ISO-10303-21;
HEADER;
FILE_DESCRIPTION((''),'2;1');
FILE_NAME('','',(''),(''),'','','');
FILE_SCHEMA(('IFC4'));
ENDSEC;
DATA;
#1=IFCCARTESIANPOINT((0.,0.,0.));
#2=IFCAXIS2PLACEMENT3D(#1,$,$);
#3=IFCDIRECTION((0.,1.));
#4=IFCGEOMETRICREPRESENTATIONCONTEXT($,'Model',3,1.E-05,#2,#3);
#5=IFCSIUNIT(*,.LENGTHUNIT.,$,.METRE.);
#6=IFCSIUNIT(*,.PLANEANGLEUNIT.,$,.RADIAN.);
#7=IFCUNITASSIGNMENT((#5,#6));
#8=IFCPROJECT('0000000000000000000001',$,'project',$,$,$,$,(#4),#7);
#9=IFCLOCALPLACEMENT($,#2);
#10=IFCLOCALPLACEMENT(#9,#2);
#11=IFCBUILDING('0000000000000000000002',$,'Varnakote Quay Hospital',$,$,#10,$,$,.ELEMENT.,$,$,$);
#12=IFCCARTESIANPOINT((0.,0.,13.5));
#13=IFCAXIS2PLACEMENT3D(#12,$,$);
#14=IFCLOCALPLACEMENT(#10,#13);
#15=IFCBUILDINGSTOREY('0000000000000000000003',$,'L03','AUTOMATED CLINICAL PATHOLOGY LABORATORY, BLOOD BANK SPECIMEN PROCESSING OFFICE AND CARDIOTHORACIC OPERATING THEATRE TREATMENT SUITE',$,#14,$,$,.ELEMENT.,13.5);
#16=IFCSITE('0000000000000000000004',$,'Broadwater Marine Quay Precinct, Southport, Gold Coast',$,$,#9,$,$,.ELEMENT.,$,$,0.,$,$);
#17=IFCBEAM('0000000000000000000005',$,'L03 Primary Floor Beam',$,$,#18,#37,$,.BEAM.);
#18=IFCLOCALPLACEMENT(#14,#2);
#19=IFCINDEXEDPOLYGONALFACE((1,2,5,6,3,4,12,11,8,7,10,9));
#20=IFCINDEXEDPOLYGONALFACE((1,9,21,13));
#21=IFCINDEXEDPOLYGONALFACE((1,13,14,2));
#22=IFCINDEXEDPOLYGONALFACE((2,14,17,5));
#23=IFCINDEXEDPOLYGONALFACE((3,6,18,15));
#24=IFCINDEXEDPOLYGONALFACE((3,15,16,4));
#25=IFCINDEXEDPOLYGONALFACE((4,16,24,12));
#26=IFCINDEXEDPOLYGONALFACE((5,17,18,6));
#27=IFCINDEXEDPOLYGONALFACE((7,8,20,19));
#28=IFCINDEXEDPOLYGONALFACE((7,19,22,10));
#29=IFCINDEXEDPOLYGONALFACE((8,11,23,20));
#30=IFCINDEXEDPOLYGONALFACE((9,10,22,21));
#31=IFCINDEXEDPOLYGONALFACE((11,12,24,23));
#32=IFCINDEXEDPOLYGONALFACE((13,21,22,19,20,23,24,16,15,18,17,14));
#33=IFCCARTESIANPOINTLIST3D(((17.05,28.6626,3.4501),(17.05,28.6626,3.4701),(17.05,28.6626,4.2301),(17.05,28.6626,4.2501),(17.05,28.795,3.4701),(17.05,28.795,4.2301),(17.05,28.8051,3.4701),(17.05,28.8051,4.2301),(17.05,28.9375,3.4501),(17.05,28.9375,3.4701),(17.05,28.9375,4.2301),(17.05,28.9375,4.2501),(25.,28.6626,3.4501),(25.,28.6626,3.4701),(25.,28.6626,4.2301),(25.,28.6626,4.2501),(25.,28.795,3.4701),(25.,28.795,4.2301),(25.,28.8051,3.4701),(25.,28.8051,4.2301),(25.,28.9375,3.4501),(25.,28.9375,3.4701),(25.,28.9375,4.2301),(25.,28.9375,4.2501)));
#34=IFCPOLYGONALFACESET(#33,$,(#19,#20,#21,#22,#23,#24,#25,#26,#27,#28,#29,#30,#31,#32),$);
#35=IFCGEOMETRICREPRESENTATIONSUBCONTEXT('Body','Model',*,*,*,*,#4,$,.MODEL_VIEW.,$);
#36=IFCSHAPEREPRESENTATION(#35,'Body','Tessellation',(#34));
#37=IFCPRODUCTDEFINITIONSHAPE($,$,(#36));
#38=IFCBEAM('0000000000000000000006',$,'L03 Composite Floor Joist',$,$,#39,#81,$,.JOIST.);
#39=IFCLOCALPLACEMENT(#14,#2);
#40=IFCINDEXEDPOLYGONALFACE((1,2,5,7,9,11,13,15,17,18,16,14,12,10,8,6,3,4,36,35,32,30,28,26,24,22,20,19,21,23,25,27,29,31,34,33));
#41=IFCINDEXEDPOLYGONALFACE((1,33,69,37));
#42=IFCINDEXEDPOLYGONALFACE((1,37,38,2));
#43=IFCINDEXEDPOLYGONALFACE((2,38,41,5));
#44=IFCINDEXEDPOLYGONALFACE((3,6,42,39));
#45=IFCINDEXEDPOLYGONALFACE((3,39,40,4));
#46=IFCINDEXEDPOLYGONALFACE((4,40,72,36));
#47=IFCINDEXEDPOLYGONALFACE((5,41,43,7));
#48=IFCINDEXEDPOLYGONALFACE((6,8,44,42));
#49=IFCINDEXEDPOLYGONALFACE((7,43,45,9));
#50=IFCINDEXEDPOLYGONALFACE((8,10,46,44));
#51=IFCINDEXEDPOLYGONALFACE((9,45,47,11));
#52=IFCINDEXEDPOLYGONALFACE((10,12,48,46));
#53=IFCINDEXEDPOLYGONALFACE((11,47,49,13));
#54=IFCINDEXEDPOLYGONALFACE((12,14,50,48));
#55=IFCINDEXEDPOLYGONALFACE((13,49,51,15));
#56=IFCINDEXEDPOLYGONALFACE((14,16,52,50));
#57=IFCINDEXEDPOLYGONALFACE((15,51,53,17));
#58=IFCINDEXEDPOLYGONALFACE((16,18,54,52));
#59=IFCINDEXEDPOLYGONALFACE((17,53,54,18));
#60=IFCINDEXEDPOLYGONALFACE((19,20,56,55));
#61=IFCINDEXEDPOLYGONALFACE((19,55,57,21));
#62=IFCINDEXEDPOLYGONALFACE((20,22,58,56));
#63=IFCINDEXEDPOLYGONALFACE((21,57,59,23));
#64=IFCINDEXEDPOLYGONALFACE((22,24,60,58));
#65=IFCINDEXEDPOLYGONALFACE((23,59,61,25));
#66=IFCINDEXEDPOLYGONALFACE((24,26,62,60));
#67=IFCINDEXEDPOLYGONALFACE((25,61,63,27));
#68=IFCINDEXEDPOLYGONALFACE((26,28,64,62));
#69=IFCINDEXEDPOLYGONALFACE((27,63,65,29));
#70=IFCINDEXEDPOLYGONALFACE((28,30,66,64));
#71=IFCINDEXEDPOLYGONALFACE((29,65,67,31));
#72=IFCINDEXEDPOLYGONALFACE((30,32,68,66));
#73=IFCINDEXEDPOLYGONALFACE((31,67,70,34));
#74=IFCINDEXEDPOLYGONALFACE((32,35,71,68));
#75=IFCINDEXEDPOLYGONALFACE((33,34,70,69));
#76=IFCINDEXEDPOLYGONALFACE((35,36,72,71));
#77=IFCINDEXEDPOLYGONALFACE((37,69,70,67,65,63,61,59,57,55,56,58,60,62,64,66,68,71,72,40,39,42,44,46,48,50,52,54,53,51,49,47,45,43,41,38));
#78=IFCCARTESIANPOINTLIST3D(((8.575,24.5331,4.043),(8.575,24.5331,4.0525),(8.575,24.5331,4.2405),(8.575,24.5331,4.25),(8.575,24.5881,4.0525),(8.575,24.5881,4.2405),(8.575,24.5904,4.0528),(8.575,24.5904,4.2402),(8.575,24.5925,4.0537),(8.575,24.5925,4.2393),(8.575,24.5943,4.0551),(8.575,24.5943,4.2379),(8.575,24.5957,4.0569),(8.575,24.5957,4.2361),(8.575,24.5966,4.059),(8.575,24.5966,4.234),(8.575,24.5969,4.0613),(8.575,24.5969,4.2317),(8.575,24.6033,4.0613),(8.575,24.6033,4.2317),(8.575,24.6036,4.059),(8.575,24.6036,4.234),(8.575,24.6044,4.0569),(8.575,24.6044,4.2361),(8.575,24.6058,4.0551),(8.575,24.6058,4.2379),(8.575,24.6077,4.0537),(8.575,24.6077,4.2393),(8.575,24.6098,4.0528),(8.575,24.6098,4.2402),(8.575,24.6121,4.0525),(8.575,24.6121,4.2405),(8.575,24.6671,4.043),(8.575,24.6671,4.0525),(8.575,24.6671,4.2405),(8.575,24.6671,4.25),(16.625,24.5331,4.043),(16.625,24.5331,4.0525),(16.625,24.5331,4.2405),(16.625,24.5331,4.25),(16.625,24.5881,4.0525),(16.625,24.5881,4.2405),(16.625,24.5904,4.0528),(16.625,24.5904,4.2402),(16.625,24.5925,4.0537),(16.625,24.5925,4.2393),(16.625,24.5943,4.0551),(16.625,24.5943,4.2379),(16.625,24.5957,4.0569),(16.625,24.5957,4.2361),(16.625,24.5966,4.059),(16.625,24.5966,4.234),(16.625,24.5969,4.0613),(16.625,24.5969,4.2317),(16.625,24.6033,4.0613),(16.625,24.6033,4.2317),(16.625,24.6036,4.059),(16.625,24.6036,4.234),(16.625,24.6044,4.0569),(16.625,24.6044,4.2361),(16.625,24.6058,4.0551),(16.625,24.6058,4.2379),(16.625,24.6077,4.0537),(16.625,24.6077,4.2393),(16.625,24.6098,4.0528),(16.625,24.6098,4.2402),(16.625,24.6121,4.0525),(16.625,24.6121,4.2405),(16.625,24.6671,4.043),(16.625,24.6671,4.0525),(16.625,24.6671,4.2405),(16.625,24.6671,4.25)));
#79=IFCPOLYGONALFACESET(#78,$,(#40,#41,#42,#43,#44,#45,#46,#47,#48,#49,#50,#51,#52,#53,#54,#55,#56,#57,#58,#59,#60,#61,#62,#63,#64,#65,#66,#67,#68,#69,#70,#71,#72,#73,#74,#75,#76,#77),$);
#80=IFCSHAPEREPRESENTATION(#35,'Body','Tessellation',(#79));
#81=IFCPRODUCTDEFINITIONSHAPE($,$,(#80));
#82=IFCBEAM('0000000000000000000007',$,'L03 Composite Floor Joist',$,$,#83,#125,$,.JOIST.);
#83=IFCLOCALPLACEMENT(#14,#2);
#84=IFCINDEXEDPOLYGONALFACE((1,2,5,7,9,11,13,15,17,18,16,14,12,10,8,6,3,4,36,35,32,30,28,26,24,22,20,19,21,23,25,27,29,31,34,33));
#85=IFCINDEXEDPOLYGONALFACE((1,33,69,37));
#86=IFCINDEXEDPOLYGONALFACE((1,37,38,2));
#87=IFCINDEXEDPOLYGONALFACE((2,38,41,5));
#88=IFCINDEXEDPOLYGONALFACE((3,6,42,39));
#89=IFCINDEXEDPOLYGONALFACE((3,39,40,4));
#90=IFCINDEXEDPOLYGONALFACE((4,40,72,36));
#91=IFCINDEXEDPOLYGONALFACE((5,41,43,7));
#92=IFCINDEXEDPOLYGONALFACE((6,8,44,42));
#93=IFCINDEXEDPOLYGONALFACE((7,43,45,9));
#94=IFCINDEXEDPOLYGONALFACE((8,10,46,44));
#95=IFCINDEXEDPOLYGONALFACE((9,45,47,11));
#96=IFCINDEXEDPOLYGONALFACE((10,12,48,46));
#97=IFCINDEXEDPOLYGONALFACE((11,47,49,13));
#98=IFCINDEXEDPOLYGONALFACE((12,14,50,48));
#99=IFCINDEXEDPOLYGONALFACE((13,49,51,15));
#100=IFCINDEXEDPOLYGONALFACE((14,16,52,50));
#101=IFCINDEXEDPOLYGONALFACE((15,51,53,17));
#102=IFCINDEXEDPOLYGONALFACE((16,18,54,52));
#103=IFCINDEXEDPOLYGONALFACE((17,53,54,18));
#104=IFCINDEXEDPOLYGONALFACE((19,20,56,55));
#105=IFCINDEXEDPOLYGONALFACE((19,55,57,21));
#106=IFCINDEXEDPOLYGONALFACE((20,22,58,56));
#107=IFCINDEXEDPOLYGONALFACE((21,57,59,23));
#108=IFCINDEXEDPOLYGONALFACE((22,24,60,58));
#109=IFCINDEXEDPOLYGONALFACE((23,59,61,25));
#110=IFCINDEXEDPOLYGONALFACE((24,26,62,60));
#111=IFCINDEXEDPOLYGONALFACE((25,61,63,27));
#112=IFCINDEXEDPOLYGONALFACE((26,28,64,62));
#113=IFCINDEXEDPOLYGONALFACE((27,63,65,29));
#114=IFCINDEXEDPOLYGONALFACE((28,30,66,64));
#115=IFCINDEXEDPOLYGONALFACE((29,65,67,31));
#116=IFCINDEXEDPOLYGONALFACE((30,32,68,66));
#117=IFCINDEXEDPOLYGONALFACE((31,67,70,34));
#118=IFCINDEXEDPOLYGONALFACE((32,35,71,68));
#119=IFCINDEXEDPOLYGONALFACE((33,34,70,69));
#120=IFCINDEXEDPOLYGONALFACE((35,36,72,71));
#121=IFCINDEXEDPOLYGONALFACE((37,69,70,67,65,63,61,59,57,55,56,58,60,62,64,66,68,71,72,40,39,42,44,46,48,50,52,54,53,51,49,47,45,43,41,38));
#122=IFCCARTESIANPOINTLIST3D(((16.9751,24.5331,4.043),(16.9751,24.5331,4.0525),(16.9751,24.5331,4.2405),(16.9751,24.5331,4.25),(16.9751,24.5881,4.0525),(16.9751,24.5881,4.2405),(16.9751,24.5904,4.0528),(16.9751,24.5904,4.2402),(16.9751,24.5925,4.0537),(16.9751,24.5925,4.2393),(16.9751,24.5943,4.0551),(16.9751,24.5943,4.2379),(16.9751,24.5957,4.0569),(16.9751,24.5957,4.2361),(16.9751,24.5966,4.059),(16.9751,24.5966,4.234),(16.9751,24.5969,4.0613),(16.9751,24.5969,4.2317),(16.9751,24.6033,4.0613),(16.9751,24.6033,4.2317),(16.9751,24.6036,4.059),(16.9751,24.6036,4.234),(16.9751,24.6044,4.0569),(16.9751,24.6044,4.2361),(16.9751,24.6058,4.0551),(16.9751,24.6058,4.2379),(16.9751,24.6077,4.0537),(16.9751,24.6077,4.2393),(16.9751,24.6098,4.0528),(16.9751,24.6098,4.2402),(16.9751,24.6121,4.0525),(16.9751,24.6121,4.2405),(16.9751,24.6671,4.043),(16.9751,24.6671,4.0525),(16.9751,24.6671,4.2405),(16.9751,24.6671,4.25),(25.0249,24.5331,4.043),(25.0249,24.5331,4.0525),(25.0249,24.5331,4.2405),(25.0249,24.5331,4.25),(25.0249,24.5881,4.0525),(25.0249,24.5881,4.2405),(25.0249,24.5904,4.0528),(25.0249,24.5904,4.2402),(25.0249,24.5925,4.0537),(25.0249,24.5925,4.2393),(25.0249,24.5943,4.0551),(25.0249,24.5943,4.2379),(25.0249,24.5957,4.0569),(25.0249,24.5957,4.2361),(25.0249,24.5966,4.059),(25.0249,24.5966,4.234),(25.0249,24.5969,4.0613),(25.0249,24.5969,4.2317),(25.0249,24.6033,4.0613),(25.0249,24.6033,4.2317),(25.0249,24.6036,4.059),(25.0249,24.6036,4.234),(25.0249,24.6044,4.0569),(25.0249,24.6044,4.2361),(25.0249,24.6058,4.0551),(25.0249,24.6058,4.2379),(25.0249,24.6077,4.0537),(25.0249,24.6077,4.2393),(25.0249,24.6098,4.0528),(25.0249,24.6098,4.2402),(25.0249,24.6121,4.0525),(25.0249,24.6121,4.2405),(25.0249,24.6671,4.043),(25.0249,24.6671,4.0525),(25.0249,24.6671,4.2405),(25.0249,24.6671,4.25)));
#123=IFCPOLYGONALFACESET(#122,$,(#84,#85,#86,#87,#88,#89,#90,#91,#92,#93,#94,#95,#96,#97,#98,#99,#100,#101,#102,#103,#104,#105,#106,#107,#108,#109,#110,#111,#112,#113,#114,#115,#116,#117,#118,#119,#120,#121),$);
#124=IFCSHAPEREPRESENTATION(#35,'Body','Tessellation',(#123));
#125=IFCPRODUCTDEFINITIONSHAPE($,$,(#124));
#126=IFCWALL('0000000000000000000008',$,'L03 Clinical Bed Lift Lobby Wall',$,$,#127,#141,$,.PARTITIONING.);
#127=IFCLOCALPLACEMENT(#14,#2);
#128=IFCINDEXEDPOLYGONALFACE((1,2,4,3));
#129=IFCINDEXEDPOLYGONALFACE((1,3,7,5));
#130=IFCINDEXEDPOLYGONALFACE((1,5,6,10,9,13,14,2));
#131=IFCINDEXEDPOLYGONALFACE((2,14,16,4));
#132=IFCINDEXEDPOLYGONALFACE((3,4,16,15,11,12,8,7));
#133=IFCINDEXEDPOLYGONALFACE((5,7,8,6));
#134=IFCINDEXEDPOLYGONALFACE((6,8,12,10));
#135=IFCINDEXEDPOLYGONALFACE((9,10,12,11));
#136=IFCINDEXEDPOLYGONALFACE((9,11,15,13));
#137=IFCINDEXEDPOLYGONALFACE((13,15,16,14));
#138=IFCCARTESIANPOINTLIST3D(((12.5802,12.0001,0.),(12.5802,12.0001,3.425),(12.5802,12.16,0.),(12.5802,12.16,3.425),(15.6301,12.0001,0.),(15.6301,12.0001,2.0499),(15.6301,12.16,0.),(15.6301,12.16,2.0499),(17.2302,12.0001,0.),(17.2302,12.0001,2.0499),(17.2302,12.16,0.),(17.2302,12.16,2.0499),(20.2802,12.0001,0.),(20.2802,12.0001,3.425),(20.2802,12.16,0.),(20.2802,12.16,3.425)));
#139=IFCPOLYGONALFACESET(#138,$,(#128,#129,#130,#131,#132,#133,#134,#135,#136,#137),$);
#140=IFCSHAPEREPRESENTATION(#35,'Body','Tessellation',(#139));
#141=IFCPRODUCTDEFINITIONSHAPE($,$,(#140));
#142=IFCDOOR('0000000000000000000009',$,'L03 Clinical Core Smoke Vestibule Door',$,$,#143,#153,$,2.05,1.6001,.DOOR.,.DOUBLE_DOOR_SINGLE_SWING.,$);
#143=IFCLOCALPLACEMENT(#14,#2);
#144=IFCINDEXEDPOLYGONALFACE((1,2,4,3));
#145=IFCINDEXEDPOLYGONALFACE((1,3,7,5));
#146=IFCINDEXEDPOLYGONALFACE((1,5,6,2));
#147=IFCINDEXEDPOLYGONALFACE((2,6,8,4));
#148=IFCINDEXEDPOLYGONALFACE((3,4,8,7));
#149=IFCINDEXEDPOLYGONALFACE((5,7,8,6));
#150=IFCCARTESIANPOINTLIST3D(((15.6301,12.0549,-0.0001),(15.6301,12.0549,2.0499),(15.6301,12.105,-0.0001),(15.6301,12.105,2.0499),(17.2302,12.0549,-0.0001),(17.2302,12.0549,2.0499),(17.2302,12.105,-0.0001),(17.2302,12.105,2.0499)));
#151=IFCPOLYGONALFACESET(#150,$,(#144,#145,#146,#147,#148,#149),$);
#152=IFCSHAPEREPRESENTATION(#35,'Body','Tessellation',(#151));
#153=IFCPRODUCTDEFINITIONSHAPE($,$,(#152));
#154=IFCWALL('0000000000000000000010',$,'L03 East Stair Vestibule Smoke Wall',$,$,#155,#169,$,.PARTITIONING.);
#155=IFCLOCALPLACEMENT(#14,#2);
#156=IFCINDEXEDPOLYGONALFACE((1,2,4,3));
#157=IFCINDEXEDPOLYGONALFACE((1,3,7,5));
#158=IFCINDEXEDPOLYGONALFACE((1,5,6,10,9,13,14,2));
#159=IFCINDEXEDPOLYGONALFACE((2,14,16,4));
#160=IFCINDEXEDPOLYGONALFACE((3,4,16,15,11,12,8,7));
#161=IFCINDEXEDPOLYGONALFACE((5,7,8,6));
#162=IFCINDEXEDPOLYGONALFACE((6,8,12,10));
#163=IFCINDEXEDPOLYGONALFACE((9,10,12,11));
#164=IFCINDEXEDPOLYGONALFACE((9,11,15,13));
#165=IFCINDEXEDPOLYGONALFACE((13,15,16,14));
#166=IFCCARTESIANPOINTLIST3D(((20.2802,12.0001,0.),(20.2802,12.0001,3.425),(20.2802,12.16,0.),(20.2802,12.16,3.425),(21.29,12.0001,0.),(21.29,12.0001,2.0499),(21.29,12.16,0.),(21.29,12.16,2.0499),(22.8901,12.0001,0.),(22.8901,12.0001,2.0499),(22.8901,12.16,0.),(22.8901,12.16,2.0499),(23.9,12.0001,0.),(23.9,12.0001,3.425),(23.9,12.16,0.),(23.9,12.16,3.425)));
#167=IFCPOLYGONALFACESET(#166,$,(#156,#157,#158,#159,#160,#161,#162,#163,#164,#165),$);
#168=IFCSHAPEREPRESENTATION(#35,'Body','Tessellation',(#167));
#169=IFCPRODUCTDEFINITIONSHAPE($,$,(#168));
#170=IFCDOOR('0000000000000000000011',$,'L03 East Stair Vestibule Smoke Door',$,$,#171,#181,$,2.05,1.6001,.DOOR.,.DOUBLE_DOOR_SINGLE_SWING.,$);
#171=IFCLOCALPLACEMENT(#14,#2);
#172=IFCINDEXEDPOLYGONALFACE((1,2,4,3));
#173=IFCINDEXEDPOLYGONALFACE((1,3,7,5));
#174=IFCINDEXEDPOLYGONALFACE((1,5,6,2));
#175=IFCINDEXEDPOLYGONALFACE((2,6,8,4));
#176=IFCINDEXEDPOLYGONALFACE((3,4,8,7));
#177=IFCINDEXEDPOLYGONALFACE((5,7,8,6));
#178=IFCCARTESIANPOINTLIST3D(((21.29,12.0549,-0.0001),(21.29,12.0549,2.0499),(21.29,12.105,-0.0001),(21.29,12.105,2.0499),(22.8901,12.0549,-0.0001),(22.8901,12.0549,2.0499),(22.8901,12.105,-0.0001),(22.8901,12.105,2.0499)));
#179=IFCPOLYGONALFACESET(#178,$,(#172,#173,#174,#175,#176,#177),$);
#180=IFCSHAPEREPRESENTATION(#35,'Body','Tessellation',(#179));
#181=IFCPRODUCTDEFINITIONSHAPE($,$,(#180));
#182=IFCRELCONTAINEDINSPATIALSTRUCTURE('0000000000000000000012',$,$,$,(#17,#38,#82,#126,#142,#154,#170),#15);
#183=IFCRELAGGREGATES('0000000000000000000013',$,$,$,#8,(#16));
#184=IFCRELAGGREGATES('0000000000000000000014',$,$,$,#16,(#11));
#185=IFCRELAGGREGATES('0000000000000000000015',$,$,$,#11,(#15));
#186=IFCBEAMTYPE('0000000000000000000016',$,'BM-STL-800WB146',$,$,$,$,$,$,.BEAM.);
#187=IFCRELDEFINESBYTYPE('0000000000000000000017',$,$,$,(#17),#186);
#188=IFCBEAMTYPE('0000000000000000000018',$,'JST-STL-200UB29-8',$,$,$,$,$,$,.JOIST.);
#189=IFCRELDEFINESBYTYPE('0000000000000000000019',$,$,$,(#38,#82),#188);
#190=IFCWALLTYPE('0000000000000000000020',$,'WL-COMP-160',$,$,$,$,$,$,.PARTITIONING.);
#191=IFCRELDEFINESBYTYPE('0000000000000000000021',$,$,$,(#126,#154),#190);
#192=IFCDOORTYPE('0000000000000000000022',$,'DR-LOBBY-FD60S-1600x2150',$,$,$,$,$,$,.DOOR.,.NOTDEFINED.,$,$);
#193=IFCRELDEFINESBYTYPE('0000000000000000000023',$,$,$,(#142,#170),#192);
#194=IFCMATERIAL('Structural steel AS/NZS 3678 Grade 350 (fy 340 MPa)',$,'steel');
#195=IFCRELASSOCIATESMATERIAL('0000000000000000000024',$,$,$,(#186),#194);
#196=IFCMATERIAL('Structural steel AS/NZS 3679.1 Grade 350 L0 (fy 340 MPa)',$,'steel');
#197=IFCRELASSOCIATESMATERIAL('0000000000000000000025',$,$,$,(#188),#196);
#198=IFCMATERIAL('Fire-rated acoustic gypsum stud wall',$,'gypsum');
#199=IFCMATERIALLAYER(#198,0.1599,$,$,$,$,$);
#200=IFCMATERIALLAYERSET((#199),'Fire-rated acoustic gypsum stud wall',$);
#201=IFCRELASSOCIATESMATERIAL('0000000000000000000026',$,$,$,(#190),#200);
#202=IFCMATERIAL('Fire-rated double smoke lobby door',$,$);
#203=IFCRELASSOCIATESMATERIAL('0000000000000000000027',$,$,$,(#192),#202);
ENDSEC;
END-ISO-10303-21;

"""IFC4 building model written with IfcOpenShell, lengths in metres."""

from ifc_helpers import new_model, si_unit, direction, frame, frame_2d, origin, origin_2d, place, context, subcontext, project, spatial, rectangle, i_section, extrude, material, layer, layer_set, material_profile, profile_set, type_object, element, fill, save


model = new_model("IFC4")

# Units and contexts
model_context = context("Model", 3, precision=1e-05, world=origin(), true_north=direction((0.0, 1.0)))
body_context = subcontext(model_context, "Body", "Model", "MODEL_VIEW")
ifc_project = project(units=[si_unit("LENGTHUNIT", "METRE"), si_unit("PLANEANGLEUNIT", "RADIAN")], contexts=[model_context])

# Site, building, storey
site_placement = place(None, origin())
site = spatial("IfcSite", under=ifc_project, at=site_placement, Name="Broadwater Marine Quay Precinct, Southport, Gold Coast", CompositionType="ELEMENT", RefElevation=0.0)
building_placement = place(site_placement, origin())
building = spatial("IfcBuilding", under=site, at=building_placement, Name="Varnakote Quay Hospital", CompositionType="ELEMENT")
storey_placement = place(building_placement, frame((0.0, 0.0, 13.5)))
storey = spatial("IfcBuildingStorey", under=building, at=storey_placement, Name="L03", Description="AUTOMATED CLINICAL PATHOLOGY LABORATORY, BLOOD BANK SPECIMEN PROCESSING OFFICE AND CARDIOTHORACIC OPERATING THEATRE TREATMENT SUITE", CompositionType="ELEMENT", Elevation=13.5)

# Beams
ifc_material_1 = material(Name="Structural steel AS/NZS 3678 Grade 350 (fy 340 MPa)", Category="steel")
ifc_material_profile_1 = material_profile(ifc_material_1, i_section(OverallWidth=0.2749, OverallDepth=0.8, WebThickness=0.01, FlangeThickness=0.02, at=origin_2d()), Name="800WB146")
ifc_profile_set_1 = profile_set([ifc_material_profile_1], Name="Structural steel AS/NZS 3678 Grade 350 (fy 340 MPa)")
beam_type_1 = type_object("IfcBeamType", Name="BM-STL-800WB146", PredefinedType="BEAM", material=ifc_profile_set_1)
for number, where, z_axis, x_axis, name in (
    (1, (17.05, 28.8, 3.8501), (1.0, 0.0, 0.0), (0.0, 1.0, 0.0), "L03 Primary Floor Beam"),
):
    element("IfcBeam", number, at=place(storey_placement, frame(where, z_axis=z_axis, x_axis=x_axis)), inside=storey, type_object=beam_type_1, Name=name, PredefinedType="BEAM", context=body_context, shape_type="SweptSolid", body=[
        extrude(i_section(OverallWidth=0.2749, OverallDepth=0.8, WebThickness=0.01, FlangeThickness=0.02, at=origin_2d()), origin(), (0.0, 0.0, 1.0), 7.95),
    ])
ifc_material_2 = material(Name="Structural steel AS/NZS 3679.1 Grade 350 L0 (fy 340 MPa)", Category="steel")
ifc_material_profile_2 = material_profile(ifc_material_2, i_section(OverallWidth=0.134, OverallDepth=0.207, WebThickness=0.0063, FlangeThickness=0.0095, FilletRadius=0.0088, at=origin_2d()), Name="200UB29.8")
ifc_profile_set_2 = profile_set([ifc_material_profile_2], Name="Structural steel AS/NZS 3679.1 Grade 350 L0 (fy 340 MPa)")
beam_type_2 = type_object("IfcBeamType", Name="JST-STL-200UB29-8", PredefinedType="JOIST", material=ifc_profile_set_2)
beam_1_placement = place(storey_placement, frame((8.575, 24.6001, 4.1465), z_axis=(1.0, 0.0, 0.0), x_axis=(0.0, 1.0, 0.0)))
element("IfcBeam", 2, at=beam_1_placement, inside=storey, type_object=beam_type_2, Name="L03 Composite Floor Joist", PredefinedType="JOIST", context=body_context, shape_type="SweptSolid", body=[
    extrude(i_section(OverallWidth=0.134, OverallDepth=0.207, WebThickness=0.0063, FlangeThickness=0.0095, FilletRadius=0.0088, at=origin_2d()), origin(), (0.0, 0.0, 1.0), 8.05),
])
beam_2_placement = place(storey_placement, frame((16.9751, 24.6001, 4.1465), z_axis=(1.0, 0.0, 0.0), x_axis=(0.0, 1.0, 0.0)))
element("IfcBeam", 3, at=beam_2_placement, inside=storey, type_object=beam_type_2, Name="L03 Composite Floor Joist", PredefinedType="JOIST", context=body_context, shape_type="SweptSolid", body=[
    extrude(i_section(OverallWidth=0.134, OverallDepth=0.207, WebThickness=0.0063, FlangeThickness=0.0095, FilletRadius=0.0088, at=origin_2d()), origin(), (0.0, 0.0, 1.0), 8.0498),
])

# Walls, openings, doors
ifc_material_3 = material(Name="Fire-rated acoustic gypsum stud wall", Category="gypsum")
ifc_layer_1 = layer(ifc_material_3, 0.1599)
ifc_layer_set_1 = layer_set([ifc_layer_1], Name="Fire-rated acoustic gypsum stud wall")
wall_type_1 = type_object("IfcWallType", Name="WL-COMP-160", PredefinedType="PARTITIONING", material=ifc_layer_set_1)
wall_1_placement = place(storey_placement, frame((12.5801, 12.0801, 0.0), z_axis=(0.0, 0.0, 1.0), x_axis=(1.0, 0.0, 0.0)))
wall_1 = element("IfcWall", 4, at=wall_1_placement, inside=storey, type_object=wall_type_1, Name="L03 Clinical Bed Lift Lobby Wall", PredefinedType="PARTITIONING", context=body_context, shape_type="SweptSolid", body=[
    extrude(rectangle(XDim=7.7, YDim=0.1599, at=frame_2d((3.8501, 0.0))), origin(), (0.0, 0.0, 1.0), 3.425),
])
opening_1_placement = place(wall_1_placement, frame((3.05, 0.0, 0.0)))
opening_1 = element("IfcOpeningElement", 5, at=opening_1_placement, cuts=wall_1, PredefinedType="OPENING", context=body_context, shape_type="SweptSolid", body=[
    extrude(rectangle(XDim=1.6001, YDim=2.05, at=frame_2d((0.8, 1.0249))), frame((0.0, 0.0898, 0.0), z_axis=(0.0, -1.0, 0.0), x_axis=(1.0, 0.0, 0.0)), (0.0, 0.0, 1.0), 0.1799),
])
ifc_material_4 = material(Name="Fire-rated double smoke lobby door")
door_type_1 = type_object("IfcDoorType", Name="DR-LOBBY-FD60S-1600x2150", OperationType="NOTDEFINED", PredefinedType="DOOR", material=ifc_material_4)
door_1_placement = place(opening_1_placement, origin())
door_1 = element("IfcDoor", 6, at=door_1_placement, inside=storey, type_object=door_type_1, Name="L03 Clinical Core Smoke Vestibule Door", OperationType="DOUBLE_DOOR_SINGLE_SWING", OverallHeight=2.05, OverallWidth=1.6001, PredefinedType="DOOR", context=body_context, shape_type="SweptSolid", body=[
    extrude(rectangle(XDim=1.6001, YDim=2.05, at=frame_2d((0.8, 1.0249))), frame((0.0, 0.0249, 0.0), z_axis=(0.0, -1.0, 0.0), x_axis=(1.0, 0.0, 0.0)), (0.0, 0.0, 1.0), 0.05),
])
fill(opening_1, door_1)
wall_2_placement = place(storey_placement, frame((20.28, 12.0801, 0.0), z_axis=(0.0, 0.0, 1.0), x_axis=(1.0, 0.0, 0.0)))
wall_2 = element("IfcWall", 7, at=wall_2_placement, inside=storey, type_object=wall_type_1, Name="L03 East Stair Vestibule Smoke Wall", PredefinedType="PARTITIONING", context=body_context, shape_type="SweptSolid", body=[
    extrude(rectangle(XDim=3.6199, YDim=0.1599, at=frame_2d((1.8101, 0.0))), origin(), (0.0, 0.0, 1.0), 3.425),
])
opening_2_placement = place(wall_2_placement, frame((1.01, 0.0, 0.0)))
opening_2 = element("IfcOpeningElement", 8, at=opening_2_placement, cuts=wall_2, PredefinedType="OPENING", context=body_context, shape_type="SweptSolid", body=[
    extrude(rectangle(XDim=1.6001, YDim=2.05, at=frame_2d((0.8, 1.0249))), frame((0.0, 0.0898, 0.0), z_axis=(0.0, -1.0, 0.0), x_axis=(1.0, 0.0, 0.0)), (0.0, 0.0, 1.0), 0.1799),
])
door_2_placement = place(opening_2_placement, origin())
door_2 = element("IfcDoor", 9, at=door_2_placement, inside=storey, type_object=door_type_1, Name="L03 East Stair Vestibule Smoke Door", OperationType="DOUBLE_DOOR_SINGLE_SWING", OverallHeight=2.05, OverallWidth=1.6001, PredefinedType="DOOR", context=body_context, shape_type="SweptSolid", body=[
    extrude(rectangle(XDim=1.6001, YDim=2.05, at=frame_2d((0.8, 1.0249))), frame((0.0, 0.0249, 0.0), z_axis=(0.0, -1.0, 0.0), x_axis=(1.0, 0.0, 0.0)), (0.0, 0.0, 1.0), 0.05),
])
fill(opening_2, door_2)

save(model, "model.ifc")
